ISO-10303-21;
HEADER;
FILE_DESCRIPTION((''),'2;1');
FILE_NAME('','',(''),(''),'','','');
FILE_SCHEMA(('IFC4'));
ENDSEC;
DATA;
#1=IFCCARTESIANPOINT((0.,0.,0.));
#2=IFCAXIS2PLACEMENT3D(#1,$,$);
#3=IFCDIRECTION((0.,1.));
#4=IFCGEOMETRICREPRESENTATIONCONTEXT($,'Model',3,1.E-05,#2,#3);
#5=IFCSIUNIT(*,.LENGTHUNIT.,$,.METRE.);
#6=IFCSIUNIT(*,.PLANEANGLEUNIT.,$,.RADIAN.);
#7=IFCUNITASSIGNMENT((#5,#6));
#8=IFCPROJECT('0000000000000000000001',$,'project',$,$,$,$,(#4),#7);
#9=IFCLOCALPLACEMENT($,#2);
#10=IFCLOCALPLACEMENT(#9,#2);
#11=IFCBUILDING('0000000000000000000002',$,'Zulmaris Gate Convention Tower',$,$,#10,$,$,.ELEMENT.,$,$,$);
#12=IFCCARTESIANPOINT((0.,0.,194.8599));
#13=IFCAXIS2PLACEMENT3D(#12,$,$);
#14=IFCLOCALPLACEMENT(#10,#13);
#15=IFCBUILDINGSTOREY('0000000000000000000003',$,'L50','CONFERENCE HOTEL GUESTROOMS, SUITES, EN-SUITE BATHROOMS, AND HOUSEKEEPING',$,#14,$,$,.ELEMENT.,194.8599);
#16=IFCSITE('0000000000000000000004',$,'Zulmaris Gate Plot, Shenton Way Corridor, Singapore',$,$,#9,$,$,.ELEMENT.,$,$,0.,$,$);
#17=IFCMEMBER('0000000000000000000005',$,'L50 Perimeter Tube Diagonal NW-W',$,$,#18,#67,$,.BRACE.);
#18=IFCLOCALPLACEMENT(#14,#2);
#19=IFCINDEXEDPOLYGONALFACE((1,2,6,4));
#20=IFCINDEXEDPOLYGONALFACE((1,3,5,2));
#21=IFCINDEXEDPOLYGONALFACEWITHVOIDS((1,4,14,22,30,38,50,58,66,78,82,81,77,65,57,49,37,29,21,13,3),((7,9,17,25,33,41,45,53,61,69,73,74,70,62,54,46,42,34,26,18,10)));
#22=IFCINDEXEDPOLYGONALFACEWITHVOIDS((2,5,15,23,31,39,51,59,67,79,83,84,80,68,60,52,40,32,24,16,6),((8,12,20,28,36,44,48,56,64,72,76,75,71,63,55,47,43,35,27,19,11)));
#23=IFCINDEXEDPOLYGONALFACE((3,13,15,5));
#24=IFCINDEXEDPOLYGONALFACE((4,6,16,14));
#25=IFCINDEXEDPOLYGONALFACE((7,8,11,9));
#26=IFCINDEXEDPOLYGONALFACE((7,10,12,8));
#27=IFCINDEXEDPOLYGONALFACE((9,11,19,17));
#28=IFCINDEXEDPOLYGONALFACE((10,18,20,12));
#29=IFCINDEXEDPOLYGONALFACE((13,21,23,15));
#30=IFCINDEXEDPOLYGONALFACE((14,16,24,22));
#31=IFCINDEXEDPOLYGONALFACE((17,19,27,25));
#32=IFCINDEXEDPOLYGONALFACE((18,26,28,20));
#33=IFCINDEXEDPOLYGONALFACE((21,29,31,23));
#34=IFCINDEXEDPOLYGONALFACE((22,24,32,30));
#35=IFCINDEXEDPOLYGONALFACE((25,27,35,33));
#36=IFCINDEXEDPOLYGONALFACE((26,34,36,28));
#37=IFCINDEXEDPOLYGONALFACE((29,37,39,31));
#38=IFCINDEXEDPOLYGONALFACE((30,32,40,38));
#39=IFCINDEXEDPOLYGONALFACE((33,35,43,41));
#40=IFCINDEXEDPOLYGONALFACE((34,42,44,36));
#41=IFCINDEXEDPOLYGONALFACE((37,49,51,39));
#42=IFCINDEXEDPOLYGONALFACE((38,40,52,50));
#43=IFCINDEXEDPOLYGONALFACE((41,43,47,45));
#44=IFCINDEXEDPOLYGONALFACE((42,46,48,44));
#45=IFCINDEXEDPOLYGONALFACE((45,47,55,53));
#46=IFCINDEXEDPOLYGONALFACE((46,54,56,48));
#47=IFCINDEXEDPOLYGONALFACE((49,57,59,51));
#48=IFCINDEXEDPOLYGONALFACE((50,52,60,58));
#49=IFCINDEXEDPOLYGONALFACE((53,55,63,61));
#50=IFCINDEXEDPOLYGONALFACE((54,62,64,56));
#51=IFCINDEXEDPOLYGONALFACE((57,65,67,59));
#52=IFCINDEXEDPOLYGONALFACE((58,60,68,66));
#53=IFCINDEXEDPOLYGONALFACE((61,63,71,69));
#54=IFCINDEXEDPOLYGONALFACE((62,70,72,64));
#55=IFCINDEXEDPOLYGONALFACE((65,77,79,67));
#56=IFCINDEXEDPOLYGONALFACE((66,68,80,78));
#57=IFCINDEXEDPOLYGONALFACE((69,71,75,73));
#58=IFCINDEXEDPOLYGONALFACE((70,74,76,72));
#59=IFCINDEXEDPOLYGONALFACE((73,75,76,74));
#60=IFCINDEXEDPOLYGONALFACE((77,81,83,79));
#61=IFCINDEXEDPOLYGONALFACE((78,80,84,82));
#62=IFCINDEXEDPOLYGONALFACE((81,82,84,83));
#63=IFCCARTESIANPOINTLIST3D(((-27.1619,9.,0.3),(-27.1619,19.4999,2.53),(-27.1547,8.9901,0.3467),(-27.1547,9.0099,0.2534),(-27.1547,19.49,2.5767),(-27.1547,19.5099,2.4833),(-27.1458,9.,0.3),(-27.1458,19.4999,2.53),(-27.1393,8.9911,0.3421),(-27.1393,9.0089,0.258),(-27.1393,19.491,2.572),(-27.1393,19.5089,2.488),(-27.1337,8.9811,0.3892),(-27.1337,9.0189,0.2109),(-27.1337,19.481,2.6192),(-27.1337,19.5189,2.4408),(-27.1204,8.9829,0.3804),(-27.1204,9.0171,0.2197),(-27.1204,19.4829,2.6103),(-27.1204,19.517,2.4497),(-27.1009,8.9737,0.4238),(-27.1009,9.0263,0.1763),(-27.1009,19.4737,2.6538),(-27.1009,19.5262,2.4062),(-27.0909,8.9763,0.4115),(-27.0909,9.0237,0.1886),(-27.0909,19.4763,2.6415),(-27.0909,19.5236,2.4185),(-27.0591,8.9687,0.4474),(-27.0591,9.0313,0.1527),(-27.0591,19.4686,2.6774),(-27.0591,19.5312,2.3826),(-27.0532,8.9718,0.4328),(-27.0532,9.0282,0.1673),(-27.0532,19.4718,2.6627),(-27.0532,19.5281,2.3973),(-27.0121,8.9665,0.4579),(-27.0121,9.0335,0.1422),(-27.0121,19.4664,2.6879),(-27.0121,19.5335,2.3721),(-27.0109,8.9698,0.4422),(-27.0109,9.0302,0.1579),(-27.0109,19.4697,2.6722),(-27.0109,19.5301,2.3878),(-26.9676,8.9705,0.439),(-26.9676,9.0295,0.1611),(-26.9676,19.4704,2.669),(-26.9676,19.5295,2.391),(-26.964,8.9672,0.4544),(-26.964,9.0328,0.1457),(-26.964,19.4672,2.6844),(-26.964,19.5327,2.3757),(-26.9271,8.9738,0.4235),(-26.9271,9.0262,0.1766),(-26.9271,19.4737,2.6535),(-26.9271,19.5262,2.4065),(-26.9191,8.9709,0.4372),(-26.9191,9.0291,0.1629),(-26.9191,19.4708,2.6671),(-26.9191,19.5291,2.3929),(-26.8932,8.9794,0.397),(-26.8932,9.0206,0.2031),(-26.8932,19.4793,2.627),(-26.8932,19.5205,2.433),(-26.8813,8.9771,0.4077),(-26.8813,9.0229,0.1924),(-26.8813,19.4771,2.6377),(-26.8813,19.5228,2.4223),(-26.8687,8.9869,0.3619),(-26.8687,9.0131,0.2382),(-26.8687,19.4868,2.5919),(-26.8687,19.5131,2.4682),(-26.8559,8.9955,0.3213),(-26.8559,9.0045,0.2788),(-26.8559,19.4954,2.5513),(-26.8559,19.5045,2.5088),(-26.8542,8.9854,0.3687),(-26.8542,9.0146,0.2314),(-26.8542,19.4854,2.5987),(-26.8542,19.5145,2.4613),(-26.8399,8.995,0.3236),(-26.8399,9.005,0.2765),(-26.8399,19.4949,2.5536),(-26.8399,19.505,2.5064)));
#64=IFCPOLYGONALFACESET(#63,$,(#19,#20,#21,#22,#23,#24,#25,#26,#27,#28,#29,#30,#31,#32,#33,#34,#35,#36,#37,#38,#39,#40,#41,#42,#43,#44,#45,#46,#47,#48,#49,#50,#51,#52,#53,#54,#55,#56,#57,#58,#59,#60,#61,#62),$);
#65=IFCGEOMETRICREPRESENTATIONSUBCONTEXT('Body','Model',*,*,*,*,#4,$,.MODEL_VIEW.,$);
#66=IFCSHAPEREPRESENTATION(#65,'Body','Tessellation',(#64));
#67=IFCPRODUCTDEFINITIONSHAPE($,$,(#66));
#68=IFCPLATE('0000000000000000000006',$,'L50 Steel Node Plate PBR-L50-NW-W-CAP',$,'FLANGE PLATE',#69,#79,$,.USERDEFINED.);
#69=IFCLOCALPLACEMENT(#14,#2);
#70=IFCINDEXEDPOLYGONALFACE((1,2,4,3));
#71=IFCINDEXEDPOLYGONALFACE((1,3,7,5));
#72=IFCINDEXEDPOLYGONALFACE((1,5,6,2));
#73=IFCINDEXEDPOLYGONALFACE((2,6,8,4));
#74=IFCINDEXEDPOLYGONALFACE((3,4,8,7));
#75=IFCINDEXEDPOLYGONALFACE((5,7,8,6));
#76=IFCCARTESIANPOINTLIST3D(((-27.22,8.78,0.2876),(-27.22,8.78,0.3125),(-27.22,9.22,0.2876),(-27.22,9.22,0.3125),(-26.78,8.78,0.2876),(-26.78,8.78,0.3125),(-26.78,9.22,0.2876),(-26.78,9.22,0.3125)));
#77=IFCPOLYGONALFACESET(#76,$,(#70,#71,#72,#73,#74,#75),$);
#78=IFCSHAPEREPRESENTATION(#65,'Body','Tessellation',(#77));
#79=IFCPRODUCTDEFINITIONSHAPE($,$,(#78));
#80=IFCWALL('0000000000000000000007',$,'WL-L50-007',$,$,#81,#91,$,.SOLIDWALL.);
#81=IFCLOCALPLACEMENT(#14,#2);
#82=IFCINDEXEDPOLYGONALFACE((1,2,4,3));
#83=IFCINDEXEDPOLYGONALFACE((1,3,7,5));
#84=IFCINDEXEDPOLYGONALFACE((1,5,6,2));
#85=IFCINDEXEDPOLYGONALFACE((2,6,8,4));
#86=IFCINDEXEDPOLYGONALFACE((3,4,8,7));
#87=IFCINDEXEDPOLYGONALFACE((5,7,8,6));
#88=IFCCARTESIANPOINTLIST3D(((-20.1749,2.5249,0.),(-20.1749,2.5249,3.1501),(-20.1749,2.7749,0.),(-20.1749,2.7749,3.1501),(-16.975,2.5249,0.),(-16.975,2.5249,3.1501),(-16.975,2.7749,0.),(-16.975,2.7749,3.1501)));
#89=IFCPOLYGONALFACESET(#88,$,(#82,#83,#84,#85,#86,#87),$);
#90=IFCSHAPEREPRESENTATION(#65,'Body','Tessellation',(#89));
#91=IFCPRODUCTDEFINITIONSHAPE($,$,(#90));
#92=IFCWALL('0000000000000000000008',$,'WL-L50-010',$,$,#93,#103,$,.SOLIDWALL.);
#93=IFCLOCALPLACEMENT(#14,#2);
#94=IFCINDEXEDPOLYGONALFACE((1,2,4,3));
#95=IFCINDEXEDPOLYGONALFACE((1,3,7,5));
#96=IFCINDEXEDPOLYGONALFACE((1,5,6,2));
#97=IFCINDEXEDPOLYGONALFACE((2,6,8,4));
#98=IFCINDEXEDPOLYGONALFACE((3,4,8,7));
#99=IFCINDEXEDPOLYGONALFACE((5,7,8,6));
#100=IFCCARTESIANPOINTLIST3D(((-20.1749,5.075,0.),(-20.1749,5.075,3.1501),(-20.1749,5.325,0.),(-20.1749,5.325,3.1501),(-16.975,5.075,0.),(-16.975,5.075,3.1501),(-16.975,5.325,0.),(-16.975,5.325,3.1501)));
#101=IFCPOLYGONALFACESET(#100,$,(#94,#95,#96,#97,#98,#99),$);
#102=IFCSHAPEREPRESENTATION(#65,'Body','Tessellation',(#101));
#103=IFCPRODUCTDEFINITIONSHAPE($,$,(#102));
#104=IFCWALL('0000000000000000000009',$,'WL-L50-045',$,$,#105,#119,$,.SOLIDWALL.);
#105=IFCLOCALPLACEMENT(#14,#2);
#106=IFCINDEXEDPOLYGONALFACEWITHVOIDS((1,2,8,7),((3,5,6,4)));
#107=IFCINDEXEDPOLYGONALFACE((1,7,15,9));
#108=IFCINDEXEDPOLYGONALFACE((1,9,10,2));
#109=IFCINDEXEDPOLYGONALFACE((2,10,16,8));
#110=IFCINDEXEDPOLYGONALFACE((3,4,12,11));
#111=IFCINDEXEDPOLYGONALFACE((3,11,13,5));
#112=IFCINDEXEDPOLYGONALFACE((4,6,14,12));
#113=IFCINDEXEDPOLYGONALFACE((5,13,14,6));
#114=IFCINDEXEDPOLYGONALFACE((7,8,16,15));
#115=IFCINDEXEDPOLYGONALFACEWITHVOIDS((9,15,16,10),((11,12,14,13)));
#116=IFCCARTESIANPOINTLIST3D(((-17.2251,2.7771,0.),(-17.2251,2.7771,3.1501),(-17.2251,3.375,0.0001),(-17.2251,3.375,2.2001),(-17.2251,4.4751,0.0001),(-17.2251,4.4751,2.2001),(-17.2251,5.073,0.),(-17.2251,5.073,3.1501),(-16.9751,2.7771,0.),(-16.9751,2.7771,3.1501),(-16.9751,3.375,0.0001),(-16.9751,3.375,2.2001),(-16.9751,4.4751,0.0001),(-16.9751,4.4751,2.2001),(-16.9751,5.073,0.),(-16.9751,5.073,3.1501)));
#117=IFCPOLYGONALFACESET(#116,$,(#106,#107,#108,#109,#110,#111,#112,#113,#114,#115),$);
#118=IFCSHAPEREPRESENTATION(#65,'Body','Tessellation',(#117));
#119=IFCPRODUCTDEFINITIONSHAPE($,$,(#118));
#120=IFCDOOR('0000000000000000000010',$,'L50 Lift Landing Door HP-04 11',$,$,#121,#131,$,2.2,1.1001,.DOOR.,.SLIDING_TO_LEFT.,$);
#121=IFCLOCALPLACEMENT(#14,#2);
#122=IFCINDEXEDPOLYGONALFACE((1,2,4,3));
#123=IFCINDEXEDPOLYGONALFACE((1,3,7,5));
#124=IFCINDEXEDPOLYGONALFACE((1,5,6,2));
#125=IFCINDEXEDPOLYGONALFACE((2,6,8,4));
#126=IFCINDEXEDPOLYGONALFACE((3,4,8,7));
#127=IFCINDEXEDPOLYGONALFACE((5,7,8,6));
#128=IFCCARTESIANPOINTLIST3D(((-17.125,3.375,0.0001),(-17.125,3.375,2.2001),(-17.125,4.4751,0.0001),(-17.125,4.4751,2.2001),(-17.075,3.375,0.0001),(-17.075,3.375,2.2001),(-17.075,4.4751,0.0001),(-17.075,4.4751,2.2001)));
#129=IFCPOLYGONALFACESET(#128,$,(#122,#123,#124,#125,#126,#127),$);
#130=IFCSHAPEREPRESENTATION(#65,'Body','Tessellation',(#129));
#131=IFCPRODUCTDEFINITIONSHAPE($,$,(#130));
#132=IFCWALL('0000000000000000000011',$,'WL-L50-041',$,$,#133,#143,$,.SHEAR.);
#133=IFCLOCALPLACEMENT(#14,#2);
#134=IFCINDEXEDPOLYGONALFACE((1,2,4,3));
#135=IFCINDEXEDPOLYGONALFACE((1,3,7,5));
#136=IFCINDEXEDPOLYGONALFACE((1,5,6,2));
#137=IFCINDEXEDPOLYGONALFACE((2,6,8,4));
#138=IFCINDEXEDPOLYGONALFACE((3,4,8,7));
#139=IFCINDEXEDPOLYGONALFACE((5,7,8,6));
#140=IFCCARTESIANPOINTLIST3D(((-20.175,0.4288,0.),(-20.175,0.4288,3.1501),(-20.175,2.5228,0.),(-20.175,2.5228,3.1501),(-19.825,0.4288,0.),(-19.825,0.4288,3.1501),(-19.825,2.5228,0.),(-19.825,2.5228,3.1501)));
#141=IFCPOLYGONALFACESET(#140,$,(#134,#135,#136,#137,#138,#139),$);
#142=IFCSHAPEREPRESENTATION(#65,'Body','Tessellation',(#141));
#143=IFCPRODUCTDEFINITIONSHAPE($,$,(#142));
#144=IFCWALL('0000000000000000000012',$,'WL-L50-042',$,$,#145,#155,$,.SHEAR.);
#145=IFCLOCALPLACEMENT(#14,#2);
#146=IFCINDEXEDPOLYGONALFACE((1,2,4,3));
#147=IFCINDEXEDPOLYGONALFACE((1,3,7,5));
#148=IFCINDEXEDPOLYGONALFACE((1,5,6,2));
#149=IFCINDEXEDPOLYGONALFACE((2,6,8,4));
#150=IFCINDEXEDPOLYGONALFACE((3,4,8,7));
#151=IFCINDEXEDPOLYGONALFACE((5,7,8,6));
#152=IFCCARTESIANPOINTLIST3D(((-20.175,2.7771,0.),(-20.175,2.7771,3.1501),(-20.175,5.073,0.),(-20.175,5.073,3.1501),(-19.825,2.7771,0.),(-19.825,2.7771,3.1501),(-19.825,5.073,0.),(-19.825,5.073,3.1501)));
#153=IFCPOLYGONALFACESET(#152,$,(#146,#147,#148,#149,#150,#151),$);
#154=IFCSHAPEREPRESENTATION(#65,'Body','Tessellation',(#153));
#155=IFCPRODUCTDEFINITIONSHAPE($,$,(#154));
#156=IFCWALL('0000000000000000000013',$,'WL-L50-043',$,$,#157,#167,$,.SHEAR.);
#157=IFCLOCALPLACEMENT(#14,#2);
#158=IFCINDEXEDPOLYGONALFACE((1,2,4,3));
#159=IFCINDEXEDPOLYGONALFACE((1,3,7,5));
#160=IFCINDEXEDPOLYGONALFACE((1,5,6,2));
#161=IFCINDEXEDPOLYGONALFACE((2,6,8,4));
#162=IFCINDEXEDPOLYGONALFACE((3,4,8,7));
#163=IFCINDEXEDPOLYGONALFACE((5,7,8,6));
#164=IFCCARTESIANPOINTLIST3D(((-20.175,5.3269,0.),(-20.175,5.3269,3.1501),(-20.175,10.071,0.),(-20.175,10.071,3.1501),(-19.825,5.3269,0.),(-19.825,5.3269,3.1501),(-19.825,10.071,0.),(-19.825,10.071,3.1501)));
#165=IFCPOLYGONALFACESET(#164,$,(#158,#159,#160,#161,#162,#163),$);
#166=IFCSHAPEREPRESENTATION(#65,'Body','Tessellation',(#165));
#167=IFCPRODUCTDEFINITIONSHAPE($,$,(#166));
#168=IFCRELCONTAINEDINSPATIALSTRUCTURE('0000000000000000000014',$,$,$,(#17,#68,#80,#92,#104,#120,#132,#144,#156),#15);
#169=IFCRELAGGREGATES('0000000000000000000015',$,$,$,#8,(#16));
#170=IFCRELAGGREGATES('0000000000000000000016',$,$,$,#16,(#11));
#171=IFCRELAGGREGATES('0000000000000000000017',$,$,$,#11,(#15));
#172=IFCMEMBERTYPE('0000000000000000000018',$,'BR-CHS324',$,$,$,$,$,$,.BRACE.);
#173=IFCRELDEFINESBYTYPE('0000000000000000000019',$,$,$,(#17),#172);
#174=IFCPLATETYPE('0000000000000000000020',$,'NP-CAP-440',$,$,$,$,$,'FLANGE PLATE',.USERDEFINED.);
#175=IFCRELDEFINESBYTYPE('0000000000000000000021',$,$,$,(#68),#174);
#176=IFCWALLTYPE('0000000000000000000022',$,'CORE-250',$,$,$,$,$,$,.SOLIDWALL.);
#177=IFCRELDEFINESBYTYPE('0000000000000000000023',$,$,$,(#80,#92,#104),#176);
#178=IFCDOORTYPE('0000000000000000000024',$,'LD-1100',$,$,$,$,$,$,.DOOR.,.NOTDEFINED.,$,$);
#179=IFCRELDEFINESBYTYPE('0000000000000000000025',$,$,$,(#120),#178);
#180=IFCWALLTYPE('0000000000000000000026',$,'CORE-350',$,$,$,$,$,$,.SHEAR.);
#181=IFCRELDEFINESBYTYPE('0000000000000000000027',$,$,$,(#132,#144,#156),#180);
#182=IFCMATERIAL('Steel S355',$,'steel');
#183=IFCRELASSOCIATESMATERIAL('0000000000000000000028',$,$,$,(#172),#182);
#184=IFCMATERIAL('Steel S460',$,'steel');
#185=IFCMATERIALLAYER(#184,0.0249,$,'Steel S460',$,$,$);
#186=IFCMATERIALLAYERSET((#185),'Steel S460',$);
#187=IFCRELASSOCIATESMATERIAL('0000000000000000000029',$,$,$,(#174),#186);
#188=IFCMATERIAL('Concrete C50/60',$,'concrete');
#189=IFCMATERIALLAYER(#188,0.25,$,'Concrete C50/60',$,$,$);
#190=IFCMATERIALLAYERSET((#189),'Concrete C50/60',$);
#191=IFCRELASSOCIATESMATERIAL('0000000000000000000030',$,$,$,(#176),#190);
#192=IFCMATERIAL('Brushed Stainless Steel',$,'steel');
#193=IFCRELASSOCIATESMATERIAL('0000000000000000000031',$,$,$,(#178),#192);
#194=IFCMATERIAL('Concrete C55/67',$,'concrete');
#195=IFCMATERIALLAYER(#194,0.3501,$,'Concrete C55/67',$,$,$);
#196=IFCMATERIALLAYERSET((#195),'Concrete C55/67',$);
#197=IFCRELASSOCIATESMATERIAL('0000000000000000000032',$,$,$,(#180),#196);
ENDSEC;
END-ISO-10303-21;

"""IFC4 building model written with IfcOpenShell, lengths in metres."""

from ifc_helpers import new_model, si_unit, direction, frame, frame_2d, origin, origin_2d, place, context, subcontext, project, spatial, rectangle, hollow_circle, extrude, material, layer, layer_set, material_profile, profile_set, type_object, element, fill, save


model = new_model("IFC4")

# Units and contexts
model_context = context("Model", 3, precision=1e-05, world=origin(), true_north=direction((0.0, 1.0)))
body_context = subcontext(model_context, "Body", "Model", "MODEL_VIEW")
ifc_project = project(units=[si_unit("LENGTHUNIT", "METRE"), si_unit("PLANEANGLEUNIT", "RADIAN")], contexts=[model_context])

# Site, building, storey
site_placement = place(None, origin())
site = spatial("IfcSite", under=ifc_project, at=site_placement, Name="Zulmaris Gate Plot, Shenton Way Corridor, Singapore", CompositionType="ELEMENT", RefElevation=0.0)
building_placement = place(site_placement, origin())
building = spatial("IfcBuilding", under=site, at=building_placement, Name="Zulmaris Gate Convention Tower", CompositionType="ELEMENT")
storey_placement = place(building_placement, frame((0.0, 0.0, 194.8599)))
storey = spatial("IfcBuildingStorey", under=building, at=storey_placement, Name="L50", Description="CONFERENCE HOTEL GUESTROOMS, SUITES, EN-SUITE BATHROOMS, AND HOUSEKEEPING", CompositionType="ELEMENT", Elevation=194.8599)

# Shared definitions
ifc_material_1 = material(Name="Steel S355", Category="steel")
ifc_material_2 = material(Name="Concrete C50/60", Category="concrete")

# Member
ifc_material_profile_1 = material_profile(ifc_material_1, hollow_circle(Radius=0.1619, WallThickness=0.0161, at=origin_2d()), Name="CHS 323.9x16")
ifc_profile_set_1 = profile_set([ifc_material_profile_1], Name="Steel S355")
member_type = type_object("IfcMemberType", Name="BR-CHS324", PredefinedType="BRACE", material=ifc_profile_set_1)
member_placement = place(storey_placement, frame((-27.0, 9.0, 0.3), z_axis=(0.0, 0.978183, 0.207746), x_axis=(-1.0, 0.0, 0.0)))
element("IfcMember", 1, at=member_placement, inside=storey, type_object=member_type, Name="L50 Perimeter Tube Diagonal NW-W", PredefinedType="BRACE", context=body_context, shape_type="SweptSolid", body=[
    extrude(hollow_circle(Radius=0.1619, WallThickness=0.0161, at=origin_2d()), origin(), (0.0, 0.0, 1.0), 10.7341),
])

# Plate
ifc_material_3 = material(Name="Steel S460", Category="steel")
ifc_layer_1 = layer(ifc_material_3, 0.0249, Name="Steel S460")
ifc_layer_set_1 = layer_set([ifc_layer_1], Name="Steel S460")
plate_type = type_object("IfcPlateType", Name="NP-CAP-440", ElementType="FLANGE PLATE", PredefinedType="USERDEFINED", material=ifc_layer_set_1)
plate_placement = place(storey_placement, frame((-27.0, 9.0, 0.2876), z_axis=(0.0, 0.0, 1.0), x_axis=(1.0, 0.0, 0.0)))
element("IfcPlate", 2, at=plate_placement, inside=storey, type_object=plate_type, Name="L50 Steel Node Plate PBR-L50-NW-W-CAP", ObjectType="FLANGE PLATE", PredefinedType="USERDEFINED", context=body_context, shape_type="SweptSolid", body=[
    extrude(rectangle(XDim=0.4399, YDim=0.4399, at=origin_2d()), origin(), (0.0, 0.0, 1.0), 0.0249),
])

# Walls
ifc_layer_2 = layer(ifc_material_2, 0.25, Name="Concrete C50/60")
ifc_layer_set_2 = layer_set([ifc_layer_2], Name="Concrete C50/60")
wall_type_1 = type_object("IfcWallType", Name="CORE-250", PredefinedType="SOLIDWALL", material=ifc_layer_set_2)
for number, where, z_axis, x_axis, name in (
    (3, (-20.175, 2.6499, 0.0), (0.0, 0.0, 1.0), (1.0, 0.0, 0.0), "WL-L50-007"),
    (4, (-20.175, 5.2, 0.0), (0.0, 0.0, 1.0), (1.0, 0.0, 0.0), "WL-L50-010"),
):
    element("IfcWall", number, at=place(storey_placement, frame(where, z_axis=z_axis, x_axis=x_axis)), inside=storey, type_object=wall_type_1, Name=name, PredefinedType="SOLIDWALL", context=body_context, shape_type="SweptSolid", body=[
        extrude(rectangle(XDim=3.2, YDim=0.25, at=frame_2d((1.6001, 0.0))), origin(), (0.0, 0.0, 1.0), 3.1501),
    ])

# Wall, opening, door
wall_1_placement = place(storey_placement, frame((-17.1001, 2.7771, 0.0), z_axis=(0.0, 0.0, 1.0), x_axis=(0.0, 1.0, 0.0)))
wall_1 = element("IfcWall", 5, at=wall_1_placement, inside=storey, type_object=wall_type_1, Name="WL-L50-045", PredefinedType="SOLIDWALL", context=body_context, shape_type="SweptSolid", body=[
    extrude(rectangle(XDim=2.2959, YDim=0.25, at=frame_2d((1.1479, 0.0))), origin(), (0.0, 0.0, 1.0), 3.1501),
])
opening_1_placement = place(wall_1_placement, frame((0.5979, 0.0, 0.0)))
opening_1 = element("IfcOpeningElement", 6, at=opening_1_placement, cuts=wall_1, PredefinedType="OPENING", context=body_context, shape_type="SweptSolid", body=[
    extrude(rectangle(XDim=1.1001, YDim=2.2, at=frame_2d((0.55, 1.1001))), frame((0.0, 0.135, 0.0), z_axis=(0.0, -1.0, 0.0), x_axis=(1.0, 0.0, 0.0)), (0.0, 0.0, 1.0), 0.27),
])
ifc_material_4 = material(Name="Brushed Stainless Steel", Category="steel")
door_type_1 = type_object("IfcDoorType", Name="LD-1100", OperationType="NOTDEFINED", PredefinedType="DOOR", material=ifc_material_4)
door_1_placement = place(opening_1_placement, origin())
door_1 = element("IfcDoor", 7, at=door_1_placement, inside=storey, type_object=door_type_1, Name="L50 Lift Landing Door HP-04 11", OperationType="SLIDING_TO_LEFT", OverallHeight=2.2, OverallWidth=1.1001, PredefinedType="DOOR", context=body_context, shape_type="SweptSolid", body=[
    extrude(rectangle(XDim=1.1001, YDim=2.2, at=frame_2d((0.55, 1.1001))), frame((0.0, 0.0249, 0.0), z_axis=(0.0, -1.0, 0.0), x_axis=(1.0, 0.0, 0.0)), (0.0, 0.0, 1.0), 0.05),
])
fill(opening_1, door_1)

# Walls
ifc_material_5 = material(Name="Concrete C55/67", Category="concrete")
ifc_layer_3 = layer(ifc_material_5, 0.3501, Name="Concrete C55/67")
ifc_layer_set_3 = layer_set([ifc_layer_3], Name="Concrete C55/67")
wall_type_2 = type_object("IfcWallType", Name="CORE-350", PredefinedType="SHEAR", material=ifc_layer_set_3)
wall_2_placement = place(storey_placement, frame((-20.0, 0.429, 0.0), z_axis=(0.0, 0.0, 1.0), x_axis=(0.0, 1.0, 0.0)))
element("IfcWall", 8, at=wall_2_placement, inside=storey, type_object=wall_type_2, Name="WL-L50-041", PredefinedType="SHEAR", context=body_context, shape_type="SweptSolid", body=[
    extrude(rectangle(XDim=2.094, YDim=0.3501, at=frame_2d((1.0469, 0.0))), origin(), (0.0, 0.0, 1.0), 3.1501),
])
wall_3_placement = place(storey_placement, frame((-20.0, 2.7771, 0.0), z_axis=(0.0, 0.0, 1.0), x_axis=(0.0, 1.0, 0.0)))
element("IfcWall", 9, at=wall_3_placement, inside=storey, type_object=wall_type_2, Name="WL-L50-042", PredefinedType="SHEAR", context=body_context, shape_type="SweptSolid", body=[
    extrude(rectangle(XDim=2.2959, YDim=0.3501, at=frame_2d((1.1479, 0.0))), origin(), (0.0, 0.0, 1.0), 3.1501),
])
wall_4_placement = place(storey_placement, frame((-20.0, 5.3269, 0.0), z_axis=(0.0, 0.0, 1.0), x_axis=(0.0, 1.0, 0.0)))
element("IfcWall", 10, at=wall_4_placement, inside=storey, type_object=wall_type_2, Name="WL-L50-043", PredefinedType="SHEAR", context=body_context, shape_type="SweptSolid", body=[
    extrude(rectangle(XDim=4.7441, YDim=0.3501, at=frame_2d((2.3721, 0.0))), origin(), (0.0, 0.0, 1.0), 3.1501),
])

save(model, "model.ifc")
